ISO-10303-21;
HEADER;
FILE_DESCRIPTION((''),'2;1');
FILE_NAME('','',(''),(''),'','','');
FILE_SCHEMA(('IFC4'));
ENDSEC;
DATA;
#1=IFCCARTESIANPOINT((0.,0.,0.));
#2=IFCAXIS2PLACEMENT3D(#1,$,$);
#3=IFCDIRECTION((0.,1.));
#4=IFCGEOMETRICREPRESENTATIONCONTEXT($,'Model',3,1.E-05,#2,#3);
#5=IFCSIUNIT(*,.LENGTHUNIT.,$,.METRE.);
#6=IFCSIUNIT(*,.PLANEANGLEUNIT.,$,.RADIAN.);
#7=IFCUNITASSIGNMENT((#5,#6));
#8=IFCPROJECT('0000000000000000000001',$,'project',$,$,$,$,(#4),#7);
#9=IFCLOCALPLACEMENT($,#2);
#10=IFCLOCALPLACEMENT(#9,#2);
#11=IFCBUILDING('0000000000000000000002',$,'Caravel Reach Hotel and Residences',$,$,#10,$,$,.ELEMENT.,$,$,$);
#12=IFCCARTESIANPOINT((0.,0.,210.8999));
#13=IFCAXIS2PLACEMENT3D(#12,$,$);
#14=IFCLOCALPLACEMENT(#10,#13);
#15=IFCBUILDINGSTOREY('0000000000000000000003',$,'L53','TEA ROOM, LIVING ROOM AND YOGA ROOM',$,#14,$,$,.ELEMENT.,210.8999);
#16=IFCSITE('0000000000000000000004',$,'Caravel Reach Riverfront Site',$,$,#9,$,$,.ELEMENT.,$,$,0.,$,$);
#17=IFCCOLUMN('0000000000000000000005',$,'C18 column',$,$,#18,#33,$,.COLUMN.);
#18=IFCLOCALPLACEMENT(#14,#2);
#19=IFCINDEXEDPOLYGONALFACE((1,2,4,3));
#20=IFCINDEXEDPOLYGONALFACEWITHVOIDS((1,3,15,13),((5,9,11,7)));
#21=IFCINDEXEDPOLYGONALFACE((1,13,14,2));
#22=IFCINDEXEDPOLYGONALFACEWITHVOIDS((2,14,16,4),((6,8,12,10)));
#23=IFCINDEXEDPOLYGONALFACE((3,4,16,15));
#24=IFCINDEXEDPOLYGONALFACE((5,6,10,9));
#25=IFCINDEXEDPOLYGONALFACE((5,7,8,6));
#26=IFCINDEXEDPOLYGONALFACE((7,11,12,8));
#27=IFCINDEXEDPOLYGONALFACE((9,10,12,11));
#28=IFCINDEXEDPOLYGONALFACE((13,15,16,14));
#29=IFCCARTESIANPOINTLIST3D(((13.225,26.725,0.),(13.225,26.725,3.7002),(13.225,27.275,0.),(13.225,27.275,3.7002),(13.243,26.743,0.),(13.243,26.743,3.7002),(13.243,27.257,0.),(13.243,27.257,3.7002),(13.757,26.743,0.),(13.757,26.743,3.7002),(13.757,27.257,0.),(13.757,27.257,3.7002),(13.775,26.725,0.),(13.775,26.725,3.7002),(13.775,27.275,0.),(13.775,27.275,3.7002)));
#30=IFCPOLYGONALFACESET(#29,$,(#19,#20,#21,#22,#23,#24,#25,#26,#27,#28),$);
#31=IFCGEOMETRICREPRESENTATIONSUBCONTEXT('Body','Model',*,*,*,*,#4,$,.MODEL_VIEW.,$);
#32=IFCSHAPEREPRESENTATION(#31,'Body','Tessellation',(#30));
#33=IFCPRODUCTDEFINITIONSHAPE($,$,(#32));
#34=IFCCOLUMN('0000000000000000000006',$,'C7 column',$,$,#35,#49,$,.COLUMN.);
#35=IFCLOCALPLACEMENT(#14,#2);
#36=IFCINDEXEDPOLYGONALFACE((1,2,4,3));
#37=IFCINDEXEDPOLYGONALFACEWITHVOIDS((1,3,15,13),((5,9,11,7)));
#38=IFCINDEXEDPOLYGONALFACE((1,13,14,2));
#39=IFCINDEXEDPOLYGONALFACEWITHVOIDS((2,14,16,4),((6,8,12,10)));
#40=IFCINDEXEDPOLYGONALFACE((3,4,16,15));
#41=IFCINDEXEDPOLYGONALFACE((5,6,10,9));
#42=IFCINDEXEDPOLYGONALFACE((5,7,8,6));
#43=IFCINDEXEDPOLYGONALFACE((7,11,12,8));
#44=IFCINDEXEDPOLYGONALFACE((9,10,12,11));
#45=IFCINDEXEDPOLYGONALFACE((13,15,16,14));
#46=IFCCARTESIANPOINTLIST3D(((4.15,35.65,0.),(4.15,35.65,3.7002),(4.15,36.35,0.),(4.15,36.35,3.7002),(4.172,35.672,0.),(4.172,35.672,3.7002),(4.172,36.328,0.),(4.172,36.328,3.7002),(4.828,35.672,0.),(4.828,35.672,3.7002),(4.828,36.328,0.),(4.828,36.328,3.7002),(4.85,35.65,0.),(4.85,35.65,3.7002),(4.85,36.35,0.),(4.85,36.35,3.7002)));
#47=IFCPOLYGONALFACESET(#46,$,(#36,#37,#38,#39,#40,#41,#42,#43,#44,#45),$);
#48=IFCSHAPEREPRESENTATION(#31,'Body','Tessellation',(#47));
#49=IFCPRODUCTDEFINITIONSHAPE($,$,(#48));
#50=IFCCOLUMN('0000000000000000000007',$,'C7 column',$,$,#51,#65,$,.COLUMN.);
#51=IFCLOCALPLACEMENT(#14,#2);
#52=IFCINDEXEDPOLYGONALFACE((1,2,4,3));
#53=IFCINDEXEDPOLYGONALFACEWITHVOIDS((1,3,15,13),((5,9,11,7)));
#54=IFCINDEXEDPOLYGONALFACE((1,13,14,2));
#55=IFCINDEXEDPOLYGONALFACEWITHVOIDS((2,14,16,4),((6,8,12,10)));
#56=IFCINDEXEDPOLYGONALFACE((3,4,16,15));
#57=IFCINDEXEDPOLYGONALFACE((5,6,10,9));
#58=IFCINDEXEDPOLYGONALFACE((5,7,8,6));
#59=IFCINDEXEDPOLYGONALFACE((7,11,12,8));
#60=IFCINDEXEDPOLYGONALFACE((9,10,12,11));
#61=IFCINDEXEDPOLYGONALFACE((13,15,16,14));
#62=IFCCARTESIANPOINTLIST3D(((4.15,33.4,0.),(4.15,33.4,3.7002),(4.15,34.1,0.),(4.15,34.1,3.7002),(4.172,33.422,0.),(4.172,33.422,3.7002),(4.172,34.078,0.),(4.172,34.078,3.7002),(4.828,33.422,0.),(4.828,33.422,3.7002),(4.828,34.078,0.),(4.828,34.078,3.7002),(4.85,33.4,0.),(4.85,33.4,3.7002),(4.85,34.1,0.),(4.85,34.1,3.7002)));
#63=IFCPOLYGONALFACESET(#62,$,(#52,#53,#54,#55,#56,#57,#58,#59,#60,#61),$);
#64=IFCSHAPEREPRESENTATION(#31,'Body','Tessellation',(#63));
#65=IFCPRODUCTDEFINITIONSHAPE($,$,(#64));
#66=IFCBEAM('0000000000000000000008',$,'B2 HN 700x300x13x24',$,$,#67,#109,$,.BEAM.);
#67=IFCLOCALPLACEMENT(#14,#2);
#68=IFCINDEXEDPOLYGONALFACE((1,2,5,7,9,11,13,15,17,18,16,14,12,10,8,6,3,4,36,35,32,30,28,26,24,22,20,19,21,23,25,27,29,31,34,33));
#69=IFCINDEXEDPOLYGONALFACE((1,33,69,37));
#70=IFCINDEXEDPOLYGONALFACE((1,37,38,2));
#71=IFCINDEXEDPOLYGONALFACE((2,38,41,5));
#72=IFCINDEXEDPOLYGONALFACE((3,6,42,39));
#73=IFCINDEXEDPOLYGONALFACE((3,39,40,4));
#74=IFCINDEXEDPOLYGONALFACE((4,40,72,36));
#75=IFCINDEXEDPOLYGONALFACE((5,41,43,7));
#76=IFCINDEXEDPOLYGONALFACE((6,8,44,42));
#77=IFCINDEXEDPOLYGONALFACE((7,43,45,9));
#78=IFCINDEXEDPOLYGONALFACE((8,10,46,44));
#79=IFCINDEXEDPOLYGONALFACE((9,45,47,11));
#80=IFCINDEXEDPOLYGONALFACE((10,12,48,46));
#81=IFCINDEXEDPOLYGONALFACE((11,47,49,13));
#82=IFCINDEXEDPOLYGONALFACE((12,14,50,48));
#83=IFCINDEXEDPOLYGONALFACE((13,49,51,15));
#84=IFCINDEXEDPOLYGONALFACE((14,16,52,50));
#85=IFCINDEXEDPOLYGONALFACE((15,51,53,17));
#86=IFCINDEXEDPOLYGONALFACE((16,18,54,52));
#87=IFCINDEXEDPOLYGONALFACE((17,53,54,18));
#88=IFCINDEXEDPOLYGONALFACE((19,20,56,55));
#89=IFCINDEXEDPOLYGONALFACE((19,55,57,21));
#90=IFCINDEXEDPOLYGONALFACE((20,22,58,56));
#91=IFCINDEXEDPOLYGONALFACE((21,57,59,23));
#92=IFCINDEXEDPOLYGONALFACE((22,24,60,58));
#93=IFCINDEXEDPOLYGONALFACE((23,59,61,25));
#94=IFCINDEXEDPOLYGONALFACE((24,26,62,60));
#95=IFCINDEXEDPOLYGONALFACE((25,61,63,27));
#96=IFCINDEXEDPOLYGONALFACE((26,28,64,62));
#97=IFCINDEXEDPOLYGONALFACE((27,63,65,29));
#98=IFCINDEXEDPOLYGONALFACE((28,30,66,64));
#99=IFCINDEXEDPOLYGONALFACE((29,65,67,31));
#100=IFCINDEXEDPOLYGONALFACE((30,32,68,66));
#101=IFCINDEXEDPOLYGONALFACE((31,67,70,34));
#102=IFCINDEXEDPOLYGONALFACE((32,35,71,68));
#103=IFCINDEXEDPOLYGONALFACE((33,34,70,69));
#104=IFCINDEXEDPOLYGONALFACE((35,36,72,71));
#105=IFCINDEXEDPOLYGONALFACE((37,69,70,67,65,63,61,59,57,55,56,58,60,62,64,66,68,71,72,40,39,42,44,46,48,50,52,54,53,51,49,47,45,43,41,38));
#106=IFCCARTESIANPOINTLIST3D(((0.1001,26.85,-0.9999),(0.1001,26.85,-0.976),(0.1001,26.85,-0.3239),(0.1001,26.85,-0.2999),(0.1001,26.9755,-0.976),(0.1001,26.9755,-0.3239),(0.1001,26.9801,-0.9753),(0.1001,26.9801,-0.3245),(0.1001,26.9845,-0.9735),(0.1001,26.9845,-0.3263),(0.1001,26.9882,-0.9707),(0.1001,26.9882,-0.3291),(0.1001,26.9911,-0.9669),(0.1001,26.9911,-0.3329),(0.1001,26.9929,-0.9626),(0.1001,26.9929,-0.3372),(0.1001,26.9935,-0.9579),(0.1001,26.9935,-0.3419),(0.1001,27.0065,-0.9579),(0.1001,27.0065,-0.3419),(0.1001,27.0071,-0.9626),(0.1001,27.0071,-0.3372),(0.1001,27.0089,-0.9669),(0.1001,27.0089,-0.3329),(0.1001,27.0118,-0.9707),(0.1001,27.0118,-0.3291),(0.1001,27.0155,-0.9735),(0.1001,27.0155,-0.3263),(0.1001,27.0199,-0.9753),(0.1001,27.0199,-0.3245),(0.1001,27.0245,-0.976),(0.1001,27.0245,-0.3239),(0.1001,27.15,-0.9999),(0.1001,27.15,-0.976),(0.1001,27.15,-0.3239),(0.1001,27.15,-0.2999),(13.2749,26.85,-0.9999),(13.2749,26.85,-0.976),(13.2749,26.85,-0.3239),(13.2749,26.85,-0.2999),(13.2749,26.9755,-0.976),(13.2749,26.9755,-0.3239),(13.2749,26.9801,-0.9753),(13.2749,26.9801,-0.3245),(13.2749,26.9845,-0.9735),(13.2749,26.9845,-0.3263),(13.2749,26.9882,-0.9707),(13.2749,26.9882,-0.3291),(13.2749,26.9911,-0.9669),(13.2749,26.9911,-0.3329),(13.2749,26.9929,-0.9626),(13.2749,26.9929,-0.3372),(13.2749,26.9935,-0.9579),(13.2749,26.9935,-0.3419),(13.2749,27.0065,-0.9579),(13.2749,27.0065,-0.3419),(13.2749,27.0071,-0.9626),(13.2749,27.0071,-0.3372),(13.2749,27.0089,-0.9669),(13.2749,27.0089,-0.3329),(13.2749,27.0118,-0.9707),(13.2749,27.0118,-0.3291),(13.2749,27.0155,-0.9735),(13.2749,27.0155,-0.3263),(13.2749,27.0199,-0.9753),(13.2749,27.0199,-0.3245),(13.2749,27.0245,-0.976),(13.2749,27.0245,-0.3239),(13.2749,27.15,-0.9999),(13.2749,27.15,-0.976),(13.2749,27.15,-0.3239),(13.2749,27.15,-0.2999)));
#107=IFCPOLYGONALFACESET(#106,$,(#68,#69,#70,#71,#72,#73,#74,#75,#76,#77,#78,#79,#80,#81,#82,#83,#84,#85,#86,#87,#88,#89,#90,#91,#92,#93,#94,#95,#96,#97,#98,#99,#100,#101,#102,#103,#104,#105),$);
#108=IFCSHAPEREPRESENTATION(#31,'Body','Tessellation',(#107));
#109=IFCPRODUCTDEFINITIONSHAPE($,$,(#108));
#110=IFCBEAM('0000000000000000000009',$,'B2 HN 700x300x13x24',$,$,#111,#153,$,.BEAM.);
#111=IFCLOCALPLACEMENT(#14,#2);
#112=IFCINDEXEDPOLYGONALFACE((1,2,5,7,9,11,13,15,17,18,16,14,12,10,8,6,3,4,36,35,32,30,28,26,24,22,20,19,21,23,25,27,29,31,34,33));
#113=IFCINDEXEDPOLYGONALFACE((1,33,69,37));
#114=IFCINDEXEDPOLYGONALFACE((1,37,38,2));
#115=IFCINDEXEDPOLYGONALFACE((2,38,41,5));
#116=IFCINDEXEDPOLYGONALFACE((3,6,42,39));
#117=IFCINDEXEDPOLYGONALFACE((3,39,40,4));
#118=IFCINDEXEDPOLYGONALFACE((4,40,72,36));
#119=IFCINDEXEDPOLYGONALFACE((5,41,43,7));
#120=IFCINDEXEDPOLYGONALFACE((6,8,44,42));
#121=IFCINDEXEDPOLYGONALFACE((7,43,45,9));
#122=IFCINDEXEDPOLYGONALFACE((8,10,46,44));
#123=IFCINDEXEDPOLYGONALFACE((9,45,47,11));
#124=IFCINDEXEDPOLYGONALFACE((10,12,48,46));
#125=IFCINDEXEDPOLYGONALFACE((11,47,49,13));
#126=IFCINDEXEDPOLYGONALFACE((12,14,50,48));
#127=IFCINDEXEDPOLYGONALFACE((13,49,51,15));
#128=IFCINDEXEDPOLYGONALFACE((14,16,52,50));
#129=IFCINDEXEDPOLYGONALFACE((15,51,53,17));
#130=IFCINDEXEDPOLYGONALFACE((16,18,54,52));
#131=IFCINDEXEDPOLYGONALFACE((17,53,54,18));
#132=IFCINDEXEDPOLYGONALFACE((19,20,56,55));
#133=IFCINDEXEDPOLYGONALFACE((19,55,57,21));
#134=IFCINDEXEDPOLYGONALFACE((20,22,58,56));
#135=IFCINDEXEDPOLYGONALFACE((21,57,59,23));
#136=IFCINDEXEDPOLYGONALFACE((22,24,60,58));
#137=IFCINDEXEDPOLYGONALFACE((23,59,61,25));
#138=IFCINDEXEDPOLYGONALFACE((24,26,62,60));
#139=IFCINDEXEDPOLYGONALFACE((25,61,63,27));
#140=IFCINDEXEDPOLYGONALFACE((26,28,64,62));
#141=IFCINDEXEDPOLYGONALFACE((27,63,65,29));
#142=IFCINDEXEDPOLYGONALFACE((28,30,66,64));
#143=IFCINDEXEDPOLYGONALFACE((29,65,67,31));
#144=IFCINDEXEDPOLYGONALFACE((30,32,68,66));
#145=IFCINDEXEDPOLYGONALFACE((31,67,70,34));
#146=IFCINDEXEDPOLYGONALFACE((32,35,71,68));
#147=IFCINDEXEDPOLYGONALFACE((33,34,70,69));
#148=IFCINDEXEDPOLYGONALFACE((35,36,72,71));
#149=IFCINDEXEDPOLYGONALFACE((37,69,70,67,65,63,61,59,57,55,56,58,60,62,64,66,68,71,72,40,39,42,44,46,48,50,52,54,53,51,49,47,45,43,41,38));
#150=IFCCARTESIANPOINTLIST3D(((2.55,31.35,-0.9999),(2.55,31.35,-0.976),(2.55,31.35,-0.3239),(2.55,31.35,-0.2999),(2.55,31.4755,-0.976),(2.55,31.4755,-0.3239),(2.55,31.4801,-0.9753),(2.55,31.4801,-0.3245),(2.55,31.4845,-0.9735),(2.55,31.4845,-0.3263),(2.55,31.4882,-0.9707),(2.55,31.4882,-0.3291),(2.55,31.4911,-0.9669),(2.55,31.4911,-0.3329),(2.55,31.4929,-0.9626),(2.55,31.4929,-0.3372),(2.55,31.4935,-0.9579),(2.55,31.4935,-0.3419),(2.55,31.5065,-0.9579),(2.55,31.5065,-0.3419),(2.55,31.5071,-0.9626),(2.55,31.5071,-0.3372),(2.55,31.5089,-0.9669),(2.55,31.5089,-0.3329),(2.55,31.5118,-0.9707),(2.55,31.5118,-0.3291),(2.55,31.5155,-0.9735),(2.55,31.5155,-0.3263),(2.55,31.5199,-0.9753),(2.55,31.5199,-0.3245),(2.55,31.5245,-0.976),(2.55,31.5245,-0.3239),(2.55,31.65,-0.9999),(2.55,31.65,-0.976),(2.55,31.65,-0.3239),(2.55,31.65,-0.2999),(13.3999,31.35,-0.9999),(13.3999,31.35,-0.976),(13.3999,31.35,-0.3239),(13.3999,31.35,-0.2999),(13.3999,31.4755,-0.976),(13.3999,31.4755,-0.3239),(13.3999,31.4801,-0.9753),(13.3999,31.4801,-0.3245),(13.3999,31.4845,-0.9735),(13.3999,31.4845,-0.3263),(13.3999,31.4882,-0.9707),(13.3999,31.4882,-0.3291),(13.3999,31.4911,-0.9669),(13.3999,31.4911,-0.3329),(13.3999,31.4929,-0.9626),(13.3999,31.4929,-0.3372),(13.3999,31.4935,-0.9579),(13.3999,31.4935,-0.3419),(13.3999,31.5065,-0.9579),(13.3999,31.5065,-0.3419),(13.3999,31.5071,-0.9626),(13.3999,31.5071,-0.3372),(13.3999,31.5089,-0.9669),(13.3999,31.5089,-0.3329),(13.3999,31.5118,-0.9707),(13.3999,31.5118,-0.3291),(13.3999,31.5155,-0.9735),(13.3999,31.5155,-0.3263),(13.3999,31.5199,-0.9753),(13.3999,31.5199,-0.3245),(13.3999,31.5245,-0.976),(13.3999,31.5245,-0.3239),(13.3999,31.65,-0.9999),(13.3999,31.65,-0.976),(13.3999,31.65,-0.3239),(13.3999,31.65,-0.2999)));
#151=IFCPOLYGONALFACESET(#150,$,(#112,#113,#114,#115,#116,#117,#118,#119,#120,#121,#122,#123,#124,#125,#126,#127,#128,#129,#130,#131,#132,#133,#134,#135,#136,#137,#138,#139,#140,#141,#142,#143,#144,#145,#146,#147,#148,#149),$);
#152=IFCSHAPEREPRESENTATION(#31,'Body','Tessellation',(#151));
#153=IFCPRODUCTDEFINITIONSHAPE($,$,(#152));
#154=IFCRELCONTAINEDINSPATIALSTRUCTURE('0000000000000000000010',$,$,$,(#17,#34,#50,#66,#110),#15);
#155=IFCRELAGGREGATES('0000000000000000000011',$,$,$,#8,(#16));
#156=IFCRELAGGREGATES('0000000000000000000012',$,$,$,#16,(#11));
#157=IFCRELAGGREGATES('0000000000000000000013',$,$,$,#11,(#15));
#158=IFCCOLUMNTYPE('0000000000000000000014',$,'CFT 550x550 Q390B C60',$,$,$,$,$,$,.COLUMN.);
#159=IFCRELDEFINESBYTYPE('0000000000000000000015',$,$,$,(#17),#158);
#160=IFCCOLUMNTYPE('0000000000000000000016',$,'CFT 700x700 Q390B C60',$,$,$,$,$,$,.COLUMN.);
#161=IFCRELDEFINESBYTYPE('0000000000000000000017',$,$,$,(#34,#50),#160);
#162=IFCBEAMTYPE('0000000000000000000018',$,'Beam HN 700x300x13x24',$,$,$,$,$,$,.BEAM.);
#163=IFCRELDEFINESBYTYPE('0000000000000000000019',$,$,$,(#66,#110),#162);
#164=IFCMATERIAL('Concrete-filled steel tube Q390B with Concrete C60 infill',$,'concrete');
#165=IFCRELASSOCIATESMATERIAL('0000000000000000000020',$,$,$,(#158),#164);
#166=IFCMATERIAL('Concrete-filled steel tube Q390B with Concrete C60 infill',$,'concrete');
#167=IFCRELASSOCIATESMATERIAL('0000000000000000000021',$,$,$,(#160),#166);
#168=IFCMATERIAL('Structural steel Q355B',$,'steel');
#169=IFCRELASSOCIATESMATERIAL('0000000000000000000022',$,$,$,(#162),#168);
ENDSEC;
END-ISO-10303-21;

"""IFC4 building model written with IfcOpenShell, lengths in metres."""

from ifc_helpers import new_model, si_unit, direction, frame, origin, origin_2d, place, context, subcontext, project, spatial, hollow_rectangle, i_section, extrude, material, material_profile, profile_set, type_object, element, save


model = new_model("IFC4")

# Units and contexts
model_context = context("Model", 3, precision=1e-05, world=origin(), true_north=direction((0.0, 1.0)))
body_context = subcontext(model_context, "Body", "Model", "MODEL_VIEW")
ifc_project = project(units=[si_unit("LENGTHUNIT", "METRE"), si_unit("PLANEANGLEUNIT", "RADIAN")], contexts=[model_context])

# Site, building, storey
site_placement = place(None, origin())
site = spatial("IfcSite", under=ifc_project, at=site_placement, Name="Caravel Reach Riverfront Site", CompositionType="ELEMENT", RefElevation=0.0)
building_placement = place(site_placement, origin())
building = spatial("IfcBuilding", under=site, at=building_placement, Name="Caravel Reach Hotel and Residences", CompositionType="ELEMENT")
storey_placement = place(building_placement, frame((0.0, 0.0, 210.8999)))
storey = spatial("IfcBuildingStorey", under=building, at=storey_placement, Name="L53", Description="TEA ROOM, LIVING ROOM AND YOGA ROOM", CompositionType="ELEMENT", Elevation=210.8999)

# Columns
ifc_material_1 = material(Name="Concrete-filled steel tube Q390B with Concrete C60 infill", Category="concrete")
ifc_material_profile_1 = material_profile(ifc_material_1, hollow_rectangle(XDim=0.55, YDim=0.55, WallThickness=0.0181, at=origin_2d()), Name="RHS 550x550x18")
ifc_profile_set_1 = profile_set([ifc_material_profile_1], Name="Concrete-filled steel tube Q390B with Concrete C60 infill")
column_type_1 = type_object("IfcColumnType", Name="CFT 550x550 Q390B C60", PredefinedType="COLUMN", material=ifc_profile_set_1)
column_placement = place(storey_placement, frame((13.5, 27.0, 0.0), z_axis=(0.0, 0.0, 1.0), x_axis=(1.0, 0.0, 0.0)))
element("IfcColumn", 1, at=column_placement, inside=storey, type_object=column_type_1, Name="C18 column", PredefinedType="COLUMN", context=body_context, shape_type="SweptSolid", body=[
    extrude(hollow_rectangle(XDim=0.55, YDim=0.55, WallThickness=0.0181, at=origin_2d()), origin(), (0.0, 0.0, 1.0), 3.7002),
])
ifc_material_2 = material(Name="Concrete-filled steel tube Q390B with Concrete C60 infill", Category="concrete")
ifc_material_profile_2 = material_profile(ifc_material_2, hollow_rectangle(XDim=0.7, YDim=0.7, WallThickness=0.022, at=origin_2d()), Name="RHS 700x700x22")
ifc_profile_set_2 = profile_set([ifc_material_profile_2], Name="Concrete-filled steel tube Q390B with Concrete C60 infill")
column_type_2 = type_object("IfcColumnType", Name="CFT 700x700 Q390B C60", PredefinedType="COLUMN", material=ifc_profile_set_2)
for number, where, z_axis, x_axis, name in (
    (2, (4.5, 36.0, 0.0), (0.0, 0.0, 1.0), (1.0, 0.0, 0.0), "C7 column"),
    (3, (4.5, 33.75, 0.0), (0.0, 0.0, 1.0), (1.0, 0.0, 0.0), "C7 column"),
):
    element("IfcColumn", number, at=place(storey_placement, frame(where, z_axis=z_axis, x_axis=x_axis)), inside=storey, type_object=column_type_2, Name=name, PredefinedType="COLUMN", context=body_context, shape_type="SweptSolid", body=[
        extrude(hollow_rectangle(XDim=0.7, YDim=0.7, WallThickness=0.022, at=origin_2d()), origin(), (0.0, 0.0, 1.0), 3.7002),
    ])

# Beams
ifc_material_3 = material(Name="Structural steel Q355B", Category="steel")
ifc_material_profile_3 = material_profile(ifc_material_3, i_section(OverallWidth=0.3, OverallDepth=0.7, WebThickness=0.0129, FlangeThickness=0.0239, FilletRadius=0.0181, at=origin_2d()), Name="HN 700x300x13x24")
ifc_profile_set_3 = profile_set([ifc_material_profile_3], Name="Structural steel Q355B")
beam_type_1 = type_object("IfcBeamType", Name="Beam HN 700x300x13x24", PredefinedType="BEAM", material=ifc_profile_set_3)
beam_1_placement = place(storey_placement, frame((13.2749, 27.0, -0.6499), z_axis=(-1.0, 0.0, 0.0), x_axis=(0.0, -1.0, 0.0)))
element("IfcBeam", 4, at=beam_1_placement, inside=storey, type_object=beam_type_1, Name="B2 HN 700x300x13x24", PredefinedType="BEAM", context=body_context, shape_type="SweptSolid", body=[
    extrude(i_section(OverallWidth=0.3, OverallDepth=0.7, WebThickness=0.0129, FlangeThickness=0.0239, FilletRadius=0.0181, at=origin_2d()), origin(), (0.0, 0.0, 1.0), 13.1748),
])
beam_2_placement = place(storey_placement, frame((13.3999, 31.5, -0.6499), z_axis=(-1.0, 0.0, 0.0), x_axis=(0.0, -1.0, 0.0)))
element("IfcBeam", 5, at=beam_2_placement, inside=storey, type_object=beam_type_1, Name="B2 HN 700x300x13x24", PredefinedType="BEAM", context=body_context, shape_type="SweptSolid", body=[
    extrude(i_section(OverallWidth=0.3, OverallDepth=0.7, WebThickness=0.0129, FlangeThickness=0.0239, FilletRadius=0.0181, at=origin_2d()), origin(), (0.0, 0.0, 1.0), 10.8499),
])

save(model, "model.ifc")
